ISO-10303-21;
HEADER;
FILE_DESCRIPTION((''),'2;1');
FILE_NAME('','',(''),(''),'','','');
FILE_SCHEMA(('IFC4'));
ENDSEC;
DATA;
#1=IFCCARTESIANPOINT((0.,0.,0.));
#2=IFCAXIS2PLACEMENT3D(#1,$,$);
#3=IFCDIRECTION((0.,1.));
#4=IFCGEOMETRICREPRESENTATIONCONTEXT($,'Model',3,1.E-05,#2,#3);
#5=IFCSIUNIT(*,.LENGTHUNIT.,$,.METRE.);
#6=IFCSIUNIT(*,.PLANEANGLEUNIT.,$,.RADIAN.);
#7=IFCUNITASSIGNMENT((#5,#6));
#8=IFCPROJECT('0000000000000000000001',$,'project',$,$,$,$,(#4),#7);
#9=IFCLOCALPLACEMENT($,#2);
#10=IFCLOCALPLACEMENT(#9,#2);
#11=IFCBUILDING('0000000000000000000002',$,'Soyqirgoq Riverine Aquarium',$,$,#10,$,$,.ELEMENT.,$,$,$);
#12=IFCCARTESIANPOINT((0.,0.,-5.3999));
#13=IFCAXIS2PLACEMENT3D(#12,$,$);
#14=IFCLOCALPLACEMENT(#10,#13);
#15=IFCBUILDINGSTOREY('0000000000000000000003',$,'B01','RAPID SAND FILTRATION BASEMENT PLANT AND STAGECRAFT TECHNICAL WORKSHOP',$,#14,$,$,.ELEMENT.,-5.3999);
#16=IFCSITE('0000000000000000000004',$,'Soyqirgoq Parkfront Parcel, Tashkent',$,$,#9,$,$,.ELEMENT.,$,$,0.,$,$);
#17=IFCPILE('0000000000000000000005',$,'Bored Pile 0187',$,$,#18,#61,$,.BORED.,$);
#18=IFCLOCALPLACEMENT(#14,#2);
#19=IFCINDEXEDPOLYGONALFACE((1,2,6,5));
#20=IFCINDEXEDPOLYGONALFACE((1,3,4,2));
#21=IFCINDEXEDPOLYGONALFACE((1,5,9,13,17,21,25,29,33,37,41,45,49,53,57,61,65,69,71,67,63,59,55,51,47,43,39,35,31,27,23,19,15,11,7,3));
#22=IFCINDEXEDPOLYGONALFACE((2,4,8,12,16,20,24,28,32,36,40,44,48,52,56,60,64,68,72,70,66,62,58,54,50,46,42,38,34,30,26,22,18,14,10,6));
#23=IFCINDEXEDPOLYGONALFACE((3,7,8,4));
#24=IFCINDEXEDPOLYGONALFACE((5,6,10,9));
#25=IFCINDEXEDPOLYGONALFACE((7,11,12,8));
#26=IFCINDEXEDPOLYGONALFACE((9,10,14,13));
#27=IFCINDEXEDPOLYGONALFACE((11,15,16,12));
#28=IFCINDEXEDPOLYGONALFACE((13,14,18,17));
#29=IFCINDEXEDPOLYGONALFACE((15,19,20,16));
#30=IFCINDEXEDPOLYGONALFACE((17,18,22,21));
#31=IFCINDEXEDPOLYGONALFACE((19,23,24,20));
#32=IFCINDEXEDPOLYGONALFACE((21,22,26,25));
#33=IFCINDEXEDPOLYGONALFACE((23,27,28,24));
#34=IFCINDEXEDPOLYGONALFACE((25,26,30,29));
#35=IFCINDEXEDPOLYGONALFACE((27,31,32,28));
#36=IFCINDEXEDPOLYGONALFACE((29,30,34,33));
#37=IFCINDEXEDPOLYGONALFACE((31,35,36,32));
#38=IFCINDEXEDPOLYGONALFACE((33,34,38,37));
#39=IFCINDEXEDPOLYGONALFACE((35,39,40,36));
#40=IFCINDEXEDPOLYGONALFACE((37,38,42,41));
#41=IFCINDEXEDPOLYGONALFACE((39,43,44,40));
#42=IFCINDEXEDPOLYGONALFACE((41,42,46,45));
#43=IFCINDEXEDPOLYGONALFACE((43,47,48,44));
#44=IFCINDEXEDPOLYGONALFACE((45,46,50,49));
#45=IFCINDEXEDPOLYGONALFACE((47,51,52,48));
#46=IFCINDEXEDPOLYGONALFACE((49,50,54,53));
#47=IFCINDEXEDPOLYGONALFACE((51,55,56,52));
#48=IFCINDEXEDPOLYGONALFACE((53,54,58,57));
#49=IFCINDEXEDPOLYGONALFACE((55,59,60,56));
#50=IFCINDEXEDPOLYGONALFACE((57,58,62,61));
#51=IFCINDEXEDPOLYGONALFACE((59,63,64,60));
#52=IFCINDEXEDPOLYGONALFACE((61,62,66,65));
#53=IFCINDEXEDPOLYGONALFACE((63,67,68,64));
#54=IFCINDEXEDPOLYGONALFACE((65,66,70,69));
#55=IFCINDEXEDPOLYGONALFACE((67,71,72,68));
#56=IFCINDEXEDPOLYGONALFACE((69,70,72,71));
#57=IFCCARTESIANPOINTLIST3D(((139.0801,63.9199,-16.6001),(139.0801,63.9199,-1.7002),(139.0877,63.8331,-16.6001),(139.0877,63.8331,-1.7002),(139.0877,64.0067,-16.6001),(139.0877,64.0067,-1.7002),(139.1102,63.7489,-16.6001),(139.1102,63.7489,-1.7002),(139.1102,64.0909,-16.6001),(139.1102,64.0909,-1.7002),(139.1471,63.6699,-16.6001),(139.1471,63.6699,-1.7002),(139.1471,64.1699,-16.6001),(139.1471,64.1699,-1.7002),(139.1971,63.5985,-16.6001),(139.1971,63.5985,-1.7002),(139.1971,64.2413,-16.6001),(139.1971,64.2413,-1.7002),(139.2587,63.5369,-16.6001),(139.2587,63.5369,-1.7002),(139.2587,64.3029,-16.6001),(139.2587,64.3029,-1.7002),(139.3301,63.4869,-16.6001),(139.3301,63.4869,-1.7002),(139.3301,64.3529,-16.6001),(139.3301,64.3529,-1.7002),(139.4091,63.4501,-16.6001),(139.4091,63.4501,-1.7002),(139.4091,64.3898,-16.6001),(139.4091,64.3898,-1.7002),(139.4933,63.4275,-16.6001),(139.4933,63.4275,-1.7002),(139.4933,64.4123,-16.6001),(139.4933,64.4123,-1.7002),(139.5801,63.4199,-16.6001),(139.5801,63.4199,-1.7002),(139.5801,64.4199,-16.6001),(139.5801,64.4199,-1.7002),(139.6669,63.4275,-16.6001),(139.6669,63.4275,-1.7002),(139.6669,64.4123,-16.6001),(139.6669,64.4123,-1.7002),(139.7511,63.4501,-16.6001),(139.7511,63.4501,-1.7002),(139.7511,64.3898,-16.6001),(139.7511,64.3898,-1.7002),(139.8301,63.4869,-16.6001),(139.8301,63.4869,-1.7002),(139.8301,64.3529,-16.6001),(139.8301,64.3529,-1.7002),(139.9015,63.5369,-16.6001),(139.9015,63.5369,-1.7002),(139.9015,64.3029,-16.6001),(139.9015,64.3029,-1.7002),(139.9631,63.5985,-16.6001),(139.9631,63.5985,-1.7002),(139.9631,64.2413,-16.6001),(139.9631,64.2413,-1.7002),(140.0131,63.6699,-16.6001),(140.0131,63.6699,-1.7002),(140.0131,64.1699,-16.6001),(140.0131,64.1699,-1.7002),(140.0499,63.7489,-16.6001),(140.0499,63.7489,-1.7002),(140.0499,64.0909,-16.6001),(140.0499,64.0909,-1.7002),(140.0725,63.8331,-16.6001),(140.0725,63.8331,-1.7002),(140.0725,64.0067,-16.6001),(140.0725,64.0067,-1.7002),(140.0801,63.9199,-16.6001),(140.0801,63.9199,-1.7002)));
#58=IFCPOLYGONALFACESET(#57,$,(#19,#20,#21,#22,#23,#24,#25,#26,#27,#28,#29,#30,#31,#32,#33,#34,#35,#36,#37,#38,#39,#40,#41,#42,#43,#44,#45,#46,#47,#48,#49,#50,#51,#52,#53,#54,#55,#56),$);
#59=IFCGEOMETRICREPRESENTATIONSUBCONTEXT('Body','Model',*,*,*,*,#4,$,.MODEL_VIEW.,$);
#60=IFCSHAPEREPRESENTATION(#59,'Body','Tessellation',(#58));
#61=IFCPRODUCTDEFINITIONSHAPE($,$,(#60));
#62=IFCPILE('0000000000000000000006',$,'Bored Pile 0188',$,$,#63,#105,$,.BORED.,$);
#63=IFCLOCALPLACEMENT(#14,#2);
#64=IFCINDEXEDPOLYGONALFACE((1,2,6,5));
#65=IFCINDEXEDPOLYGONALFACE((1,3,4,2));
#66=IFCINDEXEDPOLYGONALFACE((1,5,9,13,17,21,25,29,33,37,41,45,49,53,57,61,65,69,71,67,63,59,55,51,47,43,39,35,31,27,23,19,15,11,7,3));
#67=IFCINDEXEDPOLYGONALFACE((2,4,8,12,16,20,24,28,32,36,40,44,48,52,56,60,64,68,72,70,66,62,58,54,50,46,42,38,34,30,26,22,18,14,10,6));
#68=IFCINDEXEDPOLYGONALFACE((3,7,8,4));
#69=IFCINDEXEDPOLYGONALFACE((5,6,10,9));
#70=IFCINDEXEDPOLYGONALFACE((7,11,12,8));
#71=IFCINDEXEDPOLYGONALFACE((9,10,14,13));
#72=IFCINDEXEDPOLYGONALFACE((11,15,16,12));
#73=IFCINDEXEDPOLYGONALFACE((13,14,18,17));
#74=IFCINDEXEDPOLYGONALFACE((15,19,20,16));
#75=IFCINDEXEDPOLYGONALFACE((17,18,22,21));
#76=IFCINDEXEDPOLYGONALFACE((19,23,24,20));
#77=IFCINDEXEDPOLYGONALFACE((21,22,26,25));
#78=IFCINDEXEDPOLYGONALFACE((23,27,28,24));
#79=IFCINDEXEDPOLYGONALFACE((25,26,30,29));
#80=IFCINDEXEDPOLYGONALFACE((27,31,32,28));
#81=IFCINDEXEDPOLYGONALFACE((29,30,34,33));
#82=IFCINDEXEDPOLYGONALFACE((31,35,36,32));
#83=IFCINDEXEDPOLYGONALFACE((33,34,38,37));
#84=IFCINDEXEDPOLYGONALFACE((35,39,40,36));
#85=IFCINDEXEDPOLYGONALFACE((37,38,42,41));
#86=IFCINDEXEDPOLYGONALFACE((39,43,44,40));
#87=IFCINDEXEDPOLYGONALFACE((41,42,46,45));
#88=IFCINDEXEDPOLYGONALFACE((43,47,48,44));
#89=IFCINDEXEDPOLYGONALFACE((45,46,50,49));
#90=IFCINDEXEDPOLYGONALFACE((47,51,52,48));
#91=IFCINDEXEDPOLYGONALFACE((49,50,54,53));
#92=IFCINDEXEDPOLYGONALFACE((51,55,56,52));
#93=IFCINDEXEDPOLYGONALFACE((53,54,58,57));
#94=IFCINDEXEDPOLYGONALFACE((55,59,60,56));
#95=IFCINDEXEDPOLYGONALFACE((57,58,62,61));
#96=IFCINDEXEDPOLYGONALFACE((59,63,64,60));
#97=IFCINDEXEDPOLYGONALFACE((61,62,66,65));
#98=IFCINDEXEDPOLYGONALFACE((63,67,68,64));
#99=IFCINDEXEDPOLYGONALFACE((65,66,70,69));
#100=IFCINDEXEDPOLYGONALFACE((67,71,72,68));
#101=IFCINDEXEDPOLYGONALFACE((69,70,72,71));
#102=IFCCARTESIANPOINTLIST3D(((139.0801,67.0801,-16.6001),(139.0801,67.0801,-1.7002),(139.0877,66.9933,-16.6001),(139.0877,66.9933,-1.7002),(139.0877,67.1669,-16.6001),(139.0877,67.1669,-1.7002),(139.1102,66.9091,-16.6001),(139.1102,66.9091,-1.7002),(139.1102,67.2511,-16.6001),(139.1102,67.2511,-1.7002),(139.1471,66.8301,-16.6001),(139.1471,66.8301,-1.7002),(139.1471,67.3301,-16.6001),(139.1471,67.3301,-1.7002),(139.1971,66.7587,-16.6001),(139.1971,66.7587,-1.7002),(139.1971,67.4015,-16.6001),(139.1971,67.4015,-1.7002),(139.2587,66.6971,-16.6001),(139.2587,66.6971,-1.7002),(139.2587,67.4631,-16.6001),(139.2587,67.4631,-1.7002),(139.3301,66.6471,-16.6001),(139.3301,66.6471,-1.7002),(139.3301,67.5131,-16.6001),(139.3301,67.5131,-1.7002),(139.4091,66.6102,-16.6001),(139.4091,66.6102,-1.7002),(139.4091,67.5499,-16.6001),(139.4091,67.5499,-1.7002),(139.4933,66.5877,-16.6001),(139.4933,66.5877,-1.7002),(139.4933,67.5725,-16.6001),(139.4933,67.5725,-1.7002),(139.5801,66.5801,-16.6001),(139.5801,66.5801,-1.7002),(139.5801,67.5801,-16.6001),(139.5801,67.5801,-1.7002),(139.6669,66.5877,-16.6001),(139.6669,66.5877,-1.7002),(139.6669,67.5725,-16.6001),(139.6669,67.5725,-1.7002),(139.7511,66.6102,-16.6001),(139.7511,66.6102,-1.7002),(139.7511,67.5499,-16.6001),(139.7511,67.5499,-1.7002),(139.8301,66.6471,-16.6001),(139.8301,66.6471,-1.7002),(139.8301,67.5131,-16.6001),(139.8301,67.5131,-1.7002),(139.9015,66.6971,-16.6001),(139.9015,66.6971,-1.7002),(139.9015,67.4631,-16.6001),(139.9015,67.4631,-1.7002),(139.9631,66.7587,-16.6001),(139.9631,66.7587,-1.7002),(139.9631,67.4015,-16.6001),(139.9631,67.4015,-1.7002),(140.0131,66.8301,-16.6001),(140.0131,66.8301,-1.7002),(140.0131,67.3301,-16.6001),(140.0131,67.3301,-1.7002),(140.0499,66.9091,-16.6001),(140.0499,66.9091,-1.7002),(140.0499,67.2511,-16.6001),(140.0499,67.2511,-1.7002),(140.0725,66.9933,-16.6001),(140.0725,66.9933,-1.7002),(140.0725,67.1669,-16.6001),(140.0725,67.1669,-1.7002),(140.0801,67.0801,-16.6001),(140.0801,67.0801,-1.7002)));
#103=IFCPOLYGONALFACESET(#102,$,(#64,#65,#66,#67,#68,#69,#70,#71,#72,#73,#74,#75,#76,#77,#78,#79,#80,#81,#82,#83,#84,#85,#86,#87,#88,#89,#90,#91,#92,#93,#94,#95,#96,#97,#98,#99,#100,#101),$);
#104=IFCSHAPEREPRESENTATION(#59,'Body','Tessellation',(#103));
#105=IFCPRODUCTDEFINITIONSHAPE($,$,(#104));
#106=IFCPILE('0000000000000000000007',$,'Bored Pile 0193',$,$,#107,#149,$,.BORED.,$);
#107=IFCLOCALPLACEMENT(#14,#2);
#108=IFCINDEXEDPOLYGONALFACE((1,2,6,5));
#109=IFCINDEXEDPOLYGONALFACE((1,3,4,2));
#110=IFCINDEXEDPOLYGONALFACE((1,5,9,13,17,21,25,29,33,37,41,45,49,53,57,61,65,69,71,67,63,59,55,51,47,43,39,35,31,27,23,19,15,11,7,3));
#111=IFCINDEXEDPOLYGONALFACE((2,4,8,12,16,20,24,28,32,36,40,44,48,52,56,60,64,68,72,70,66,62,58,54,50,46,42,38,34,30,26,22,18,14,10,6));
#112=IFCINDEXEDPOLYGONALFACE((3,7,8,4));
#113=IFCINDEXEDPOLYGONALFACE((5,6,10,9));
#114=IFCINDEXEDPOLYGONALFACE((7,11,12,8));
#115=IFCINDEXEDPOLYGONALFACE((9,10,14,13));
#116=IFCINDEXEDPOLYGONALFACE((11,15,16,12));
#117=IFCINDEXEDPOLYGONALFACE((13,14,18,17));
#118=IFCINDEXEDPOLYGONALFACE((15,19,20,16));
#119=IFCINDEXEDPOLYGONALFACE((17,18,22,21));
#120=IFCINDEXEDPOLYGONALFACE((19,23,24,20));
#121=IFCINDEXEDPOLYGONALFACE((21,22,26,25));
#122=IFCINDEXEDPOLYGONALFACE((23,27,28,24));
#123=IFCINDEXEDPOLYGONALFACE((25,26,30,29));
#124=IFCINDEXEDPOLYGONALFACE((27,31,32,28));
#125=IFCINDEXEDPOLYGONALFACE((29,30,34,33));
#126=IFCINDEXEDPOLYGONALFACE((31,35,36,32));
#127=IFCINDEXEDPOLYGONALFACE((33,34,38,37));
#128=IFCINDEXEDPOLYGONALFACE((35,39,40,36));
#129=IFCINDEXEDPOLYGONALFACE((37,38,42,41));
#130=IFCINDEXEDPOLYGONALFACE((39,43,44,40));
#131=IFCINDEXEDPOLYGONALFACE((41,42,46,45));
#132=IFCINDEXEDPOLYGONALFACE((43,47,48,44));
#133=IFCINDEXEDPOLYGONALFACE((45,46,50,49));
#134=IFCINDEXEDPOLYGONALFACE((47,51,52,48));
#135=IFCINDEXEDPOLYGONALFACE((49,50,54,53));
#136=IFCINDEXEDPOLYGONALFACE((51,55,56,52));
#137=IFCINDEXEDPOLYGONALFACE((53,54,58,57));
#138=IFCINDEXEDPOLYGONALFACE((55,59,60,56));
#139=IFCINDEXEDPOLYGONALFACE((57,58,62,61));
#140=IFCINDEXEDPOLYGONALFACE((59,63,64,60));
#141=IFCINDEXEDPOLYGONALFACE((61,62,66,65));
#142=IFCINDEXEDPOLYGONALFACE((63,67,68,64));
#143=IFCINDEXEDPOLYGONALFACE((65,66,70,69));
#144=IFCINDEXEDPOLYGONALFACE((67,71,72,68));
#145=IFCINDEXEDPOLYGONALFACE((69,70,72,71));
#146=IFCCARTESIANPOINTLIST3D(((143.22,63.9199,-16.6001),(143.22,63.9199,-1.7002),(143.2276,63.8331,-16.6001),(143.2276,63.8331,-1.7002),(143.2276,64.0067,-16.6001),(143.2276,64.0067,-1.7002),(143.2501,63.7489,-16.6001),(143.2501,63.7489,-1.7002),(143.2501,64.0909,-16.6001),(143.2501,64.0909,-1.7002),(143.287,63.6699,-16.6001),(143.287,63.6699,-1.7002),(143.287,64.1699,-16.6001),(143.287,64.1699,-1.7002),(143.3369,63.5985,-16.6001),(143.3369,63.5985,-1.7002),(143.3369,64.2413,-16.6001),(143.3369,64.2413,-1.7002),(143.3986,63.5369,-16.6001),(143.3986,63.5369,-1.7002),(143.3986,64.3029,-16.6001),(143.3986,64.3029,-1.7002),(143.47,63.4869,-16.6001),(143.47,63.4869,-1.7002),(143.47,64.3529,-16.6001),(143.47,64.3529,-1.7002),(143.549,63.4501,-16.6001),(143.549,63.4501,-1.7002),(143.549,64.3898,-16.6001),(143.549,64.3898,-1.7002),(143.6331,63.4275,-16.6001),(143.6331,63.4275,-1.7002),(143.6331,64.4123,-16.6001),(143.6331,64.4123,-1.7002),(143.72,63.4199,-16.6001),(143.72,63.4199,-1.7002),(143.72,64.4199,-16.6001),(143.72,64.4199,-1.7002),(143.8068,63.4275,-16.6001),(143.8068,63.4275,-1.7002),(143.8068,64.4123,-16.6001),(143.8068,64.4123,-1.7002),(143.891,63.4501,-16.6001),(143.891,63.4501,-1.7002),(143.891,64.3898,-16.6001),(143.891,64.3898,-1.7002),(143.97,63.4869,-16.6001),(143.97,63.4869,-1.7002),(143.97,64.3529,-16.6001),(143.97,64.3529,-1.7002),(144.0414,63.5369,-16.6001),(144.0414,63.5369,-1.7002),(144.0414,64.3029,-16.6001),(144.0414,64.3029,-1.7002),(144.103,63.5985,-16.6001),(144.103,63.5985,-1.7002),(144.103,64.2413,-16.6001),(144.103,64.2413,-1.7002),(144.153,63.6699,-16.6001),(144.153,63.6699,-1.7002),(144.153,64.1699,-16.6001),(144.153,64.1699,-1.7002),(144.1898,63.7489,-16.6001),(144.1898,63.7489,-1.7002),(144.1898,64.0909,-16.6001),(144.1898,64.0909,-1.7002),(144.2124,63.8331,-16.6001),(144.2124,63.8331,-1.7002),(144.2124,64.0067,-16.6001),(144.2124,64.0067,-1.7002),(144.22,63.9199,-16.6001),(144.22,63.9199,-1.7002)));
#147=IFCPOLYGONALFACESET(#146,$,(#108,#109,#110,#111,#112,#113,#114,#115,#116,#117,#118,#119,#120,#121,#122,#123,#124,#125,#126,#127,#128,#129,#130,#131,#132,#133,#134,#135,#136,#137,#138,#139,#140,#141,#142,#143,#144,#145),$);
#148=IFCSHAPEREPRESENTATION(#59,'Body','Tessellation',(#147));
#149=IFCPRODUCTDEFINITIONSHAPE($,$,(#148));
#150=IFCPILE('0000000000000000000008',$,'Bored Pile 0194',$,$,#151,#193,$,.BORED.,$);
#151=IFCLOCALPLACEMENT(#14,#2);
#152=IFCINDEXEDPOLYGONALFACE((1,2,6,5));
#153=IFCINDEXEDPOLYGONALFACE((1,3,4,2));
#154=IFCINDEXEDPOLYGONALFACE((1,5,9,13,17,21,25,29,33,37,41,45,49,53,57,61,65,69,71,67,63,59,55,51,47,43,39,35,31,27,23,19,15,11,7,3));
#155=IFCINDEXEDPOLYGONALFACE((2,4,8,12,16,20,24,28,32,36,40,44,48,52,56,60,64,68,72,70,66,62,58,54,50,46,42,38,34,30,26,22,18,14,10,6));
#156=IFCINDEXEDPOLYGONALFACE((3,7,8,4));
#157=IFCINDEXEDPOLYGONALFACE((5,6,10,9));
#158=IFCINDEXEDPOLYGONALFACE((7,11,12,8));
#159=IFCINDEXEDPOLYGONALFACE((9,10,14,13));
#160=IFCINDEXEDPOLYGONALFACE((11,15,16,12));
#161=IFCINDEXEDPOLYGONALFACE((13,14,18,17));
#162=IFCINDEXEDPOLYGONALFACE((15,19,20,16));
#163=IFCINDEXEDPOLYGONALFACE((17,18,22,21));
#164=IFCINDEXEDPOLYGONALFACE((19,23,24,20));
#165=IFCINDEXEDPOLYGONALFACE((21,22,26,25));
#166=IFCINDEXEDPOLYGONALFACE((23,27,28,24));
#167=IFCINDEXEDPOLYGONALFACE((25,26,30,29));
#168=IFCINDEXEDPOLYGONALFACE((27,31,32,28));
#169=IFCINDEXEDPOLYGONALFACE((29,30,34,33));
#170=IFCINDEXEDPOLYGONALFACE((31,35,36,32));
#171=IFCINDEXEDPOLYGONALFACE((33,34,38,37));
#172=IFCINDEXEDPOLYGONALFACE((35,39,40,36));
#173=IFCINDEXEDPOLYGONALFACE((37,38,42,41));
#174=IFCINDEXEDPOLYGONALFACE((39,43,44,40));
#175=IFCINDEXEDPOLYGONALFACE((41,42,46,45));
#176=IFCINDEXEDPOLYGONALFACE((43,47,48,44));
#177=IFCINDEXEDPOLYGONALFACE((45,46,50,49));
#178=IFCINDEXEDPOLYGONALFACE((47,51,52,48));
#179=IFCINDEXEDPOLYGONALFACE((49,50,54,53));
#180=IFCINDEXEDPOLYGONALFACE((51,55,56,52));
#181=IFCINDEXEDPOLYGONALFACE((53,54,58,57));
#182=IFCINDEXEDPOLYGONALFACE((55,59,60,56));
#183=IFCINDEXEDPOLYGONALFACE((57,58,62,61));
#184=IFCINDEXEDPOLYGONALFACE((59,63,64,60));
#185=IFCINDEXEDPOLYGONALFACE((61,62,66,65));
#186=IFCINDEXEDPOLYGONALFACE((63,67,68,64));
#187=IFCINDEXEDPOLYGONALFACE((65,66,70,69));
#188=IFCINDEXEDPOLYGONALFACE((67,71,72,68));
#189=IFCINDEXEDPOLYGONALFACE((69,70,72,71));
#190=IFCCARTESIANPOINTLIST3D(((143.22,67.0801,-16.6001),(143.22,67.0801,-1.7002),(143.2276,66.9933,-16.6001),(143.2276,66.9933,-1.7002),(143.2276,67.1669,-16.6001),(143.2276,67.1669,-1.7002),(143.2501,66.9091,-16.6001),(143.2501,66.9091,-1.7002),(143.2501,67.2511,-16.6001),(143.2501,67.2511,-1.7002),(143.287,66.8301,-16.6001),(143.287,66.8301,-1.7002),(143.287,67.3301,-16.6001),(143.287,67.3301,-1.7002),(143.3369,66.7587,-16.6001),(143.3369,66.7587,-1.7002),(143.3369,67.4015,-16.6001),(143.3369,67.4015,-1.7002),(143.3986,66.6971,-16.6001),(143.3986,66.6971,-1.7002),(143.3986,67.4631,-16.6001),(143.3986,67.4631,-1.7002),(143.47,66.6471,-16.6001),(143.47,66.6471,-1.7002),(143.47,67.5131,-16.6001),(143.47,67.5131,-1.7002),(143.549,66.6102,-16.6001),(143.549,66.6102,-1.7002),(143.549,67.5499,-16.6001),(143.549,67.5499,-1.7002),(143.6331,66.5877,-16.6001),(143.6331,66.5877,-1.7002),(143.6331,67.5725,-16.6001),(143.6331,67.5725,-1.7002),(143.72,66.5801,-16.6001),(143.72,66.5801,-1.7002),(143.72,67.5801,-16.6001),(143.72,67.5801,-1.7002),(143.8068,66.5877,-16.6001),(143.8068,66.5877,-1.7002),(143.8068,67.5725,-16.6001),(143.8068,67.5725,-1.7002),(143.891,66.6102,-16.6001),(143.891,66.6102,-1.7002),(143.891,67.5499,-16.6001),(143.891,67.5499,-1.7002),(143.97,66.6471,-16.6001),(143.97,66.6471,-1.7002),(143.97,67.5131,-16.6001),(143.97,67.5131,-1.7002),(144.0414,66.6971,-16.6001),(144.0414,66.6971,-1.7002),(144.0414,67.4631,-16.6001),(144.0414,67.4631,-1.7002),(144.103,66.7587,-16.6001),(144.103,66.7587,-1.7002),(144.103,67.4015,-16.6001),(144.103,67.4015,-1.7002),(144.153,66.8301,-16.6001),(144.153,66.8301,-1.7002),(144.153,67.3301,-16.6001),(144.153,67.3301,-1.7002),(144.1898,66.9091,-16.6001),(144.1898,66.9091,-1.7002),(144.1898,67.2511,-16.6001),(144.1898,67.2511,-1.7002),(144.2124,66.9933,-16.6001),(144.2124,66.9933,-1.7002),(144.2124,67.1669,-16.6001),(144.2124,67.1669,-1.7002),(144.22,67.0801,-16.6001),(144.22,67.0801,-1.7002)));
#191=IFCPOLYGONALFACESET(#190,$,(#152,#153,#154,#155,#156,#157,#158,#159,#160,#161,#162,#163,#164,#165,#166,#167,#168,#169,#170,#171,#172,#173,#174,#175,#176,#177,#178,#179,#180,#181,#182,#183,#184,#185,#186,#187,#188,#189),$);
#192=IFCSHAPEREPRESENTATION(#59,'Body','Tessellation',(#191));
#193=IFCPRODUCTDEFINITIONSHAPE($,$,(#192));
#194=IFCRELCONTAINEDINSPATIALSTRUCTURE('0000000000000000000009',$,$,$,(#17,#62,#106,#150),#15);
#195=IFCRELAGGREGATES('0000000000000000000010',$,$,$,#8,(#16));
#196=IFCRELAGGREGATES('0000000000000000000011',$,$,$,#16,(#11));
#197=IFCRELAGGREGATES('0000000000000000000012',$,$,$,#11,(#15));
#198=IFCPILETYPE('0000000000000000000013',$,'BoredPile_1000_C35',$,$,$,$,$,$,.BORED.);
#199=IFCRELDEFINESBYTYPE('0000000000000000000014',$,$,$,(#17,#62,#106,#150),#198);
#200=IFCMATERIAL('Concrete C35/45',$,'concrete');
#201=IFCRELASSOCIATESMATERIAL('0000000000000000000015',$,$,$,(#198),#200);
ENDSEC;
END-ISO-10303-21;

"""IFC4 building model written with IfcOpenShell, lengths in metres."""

from ifc_helpers import new_model, si_unit, direction, frame, origin, origin_2d, place, context, subcontext, project, spatial, circle, extrude, material, material_profile, profile_set, type_object, element, save


model = new_model("IFC4")

# Units and contexts
model_context = context("Model", 3, precision=1e-05, world=origin(), true_north=direction((0.0, 1.0)))
body_context = subcontext(model_context, "Body", "Model", "MODEL_VIEW")
ifc_project = project(units=[si_unit("LENGTHUNIT", "METRE"), si_unit("PLANEANGLEUNIT", "RADIAN")], contexts=[model_context])

# Site, building, storey
site_placement = place(None, origin())
site = spatial("IfcSite", under=ifc_project, at=site_placement, Name="Soyqirgoq Parkfront Parcel, Tashkent", CompositionType="ELEMENT", RefElevation=0.0)
building_placement = place(site_placement, origin())
building = spatial("IfcBuilding", under=site, at=building_placement, Name="Soyqirgoq Riverine Aquarium", CompositionType="ELEMENT")
storey_placement = place(building_placement, frame((0.0, 0.0, -5.3999)))
storey = spatial("IfcBuildingStorey", under=building, at=storey_placement, Name="B01", Description="RAPID SAND FILTRATION BASEMENT PLANT AND STAGECRAFT TECHNICAL WORKSHOP", CompositionType="ELEMENT", Elevation=-5.3999)

# Piles
ifc_material_1 = material(Name="Concrete C35/45", Category="concrete")
ifc_material_profile_1 = material_profile(ifc_material_1, circle(Radius=0.5, at=origin_2d()), Name="BP D1000")
ifc_profile_set_1 = profile_set([ifc_material_profile_1], Name="Concrete C35/45")
pile_type = type_object("IfcPileType", Name="BoredPile_1000_C35", PredefinedType="BORED", material=ifc_profile_set_1)
for number, where, z_axis, x_axis, name in (
    (1, (139.5801, 63.9199, -1.7002), (0.0, 0.0, -1.0), (1.0, 0.0, 0.0), "Bored Pile 0187"),
    (2, (139.5801, 67.0801, -1.7002), (0.0, 0.0, -1.0), (1.0, 0.0, 0.0), "Bored Pile 0188"),
    (3, (143.72, 63.9199, -1.7002), (0.0, 0.0, -1.0), (1.0, 0.0, 0.0), "Bored Pile 0193"),
    (4, (143.72, 67.0801, -1.7002), (0.0, 0.0, -1.0), (1.0, 0.0, 0.0), "Bored Pile 0194"),
):
    element("IfcPile", number, at=place(storey_placement, frame(where, z_axis=z_axis, x_axis=x_axis)), inside=storey, type_object=pile_type, Name=name, PredefinedType="BORED", context=body_context, shape_type="SweptSolid", body=[
        extrude(circle(Radius=0.5, at=origin_2d()), origin(), (0.0, 0.0, 1.0), 14.8999),
    ])

save(model, "model.ifc")
